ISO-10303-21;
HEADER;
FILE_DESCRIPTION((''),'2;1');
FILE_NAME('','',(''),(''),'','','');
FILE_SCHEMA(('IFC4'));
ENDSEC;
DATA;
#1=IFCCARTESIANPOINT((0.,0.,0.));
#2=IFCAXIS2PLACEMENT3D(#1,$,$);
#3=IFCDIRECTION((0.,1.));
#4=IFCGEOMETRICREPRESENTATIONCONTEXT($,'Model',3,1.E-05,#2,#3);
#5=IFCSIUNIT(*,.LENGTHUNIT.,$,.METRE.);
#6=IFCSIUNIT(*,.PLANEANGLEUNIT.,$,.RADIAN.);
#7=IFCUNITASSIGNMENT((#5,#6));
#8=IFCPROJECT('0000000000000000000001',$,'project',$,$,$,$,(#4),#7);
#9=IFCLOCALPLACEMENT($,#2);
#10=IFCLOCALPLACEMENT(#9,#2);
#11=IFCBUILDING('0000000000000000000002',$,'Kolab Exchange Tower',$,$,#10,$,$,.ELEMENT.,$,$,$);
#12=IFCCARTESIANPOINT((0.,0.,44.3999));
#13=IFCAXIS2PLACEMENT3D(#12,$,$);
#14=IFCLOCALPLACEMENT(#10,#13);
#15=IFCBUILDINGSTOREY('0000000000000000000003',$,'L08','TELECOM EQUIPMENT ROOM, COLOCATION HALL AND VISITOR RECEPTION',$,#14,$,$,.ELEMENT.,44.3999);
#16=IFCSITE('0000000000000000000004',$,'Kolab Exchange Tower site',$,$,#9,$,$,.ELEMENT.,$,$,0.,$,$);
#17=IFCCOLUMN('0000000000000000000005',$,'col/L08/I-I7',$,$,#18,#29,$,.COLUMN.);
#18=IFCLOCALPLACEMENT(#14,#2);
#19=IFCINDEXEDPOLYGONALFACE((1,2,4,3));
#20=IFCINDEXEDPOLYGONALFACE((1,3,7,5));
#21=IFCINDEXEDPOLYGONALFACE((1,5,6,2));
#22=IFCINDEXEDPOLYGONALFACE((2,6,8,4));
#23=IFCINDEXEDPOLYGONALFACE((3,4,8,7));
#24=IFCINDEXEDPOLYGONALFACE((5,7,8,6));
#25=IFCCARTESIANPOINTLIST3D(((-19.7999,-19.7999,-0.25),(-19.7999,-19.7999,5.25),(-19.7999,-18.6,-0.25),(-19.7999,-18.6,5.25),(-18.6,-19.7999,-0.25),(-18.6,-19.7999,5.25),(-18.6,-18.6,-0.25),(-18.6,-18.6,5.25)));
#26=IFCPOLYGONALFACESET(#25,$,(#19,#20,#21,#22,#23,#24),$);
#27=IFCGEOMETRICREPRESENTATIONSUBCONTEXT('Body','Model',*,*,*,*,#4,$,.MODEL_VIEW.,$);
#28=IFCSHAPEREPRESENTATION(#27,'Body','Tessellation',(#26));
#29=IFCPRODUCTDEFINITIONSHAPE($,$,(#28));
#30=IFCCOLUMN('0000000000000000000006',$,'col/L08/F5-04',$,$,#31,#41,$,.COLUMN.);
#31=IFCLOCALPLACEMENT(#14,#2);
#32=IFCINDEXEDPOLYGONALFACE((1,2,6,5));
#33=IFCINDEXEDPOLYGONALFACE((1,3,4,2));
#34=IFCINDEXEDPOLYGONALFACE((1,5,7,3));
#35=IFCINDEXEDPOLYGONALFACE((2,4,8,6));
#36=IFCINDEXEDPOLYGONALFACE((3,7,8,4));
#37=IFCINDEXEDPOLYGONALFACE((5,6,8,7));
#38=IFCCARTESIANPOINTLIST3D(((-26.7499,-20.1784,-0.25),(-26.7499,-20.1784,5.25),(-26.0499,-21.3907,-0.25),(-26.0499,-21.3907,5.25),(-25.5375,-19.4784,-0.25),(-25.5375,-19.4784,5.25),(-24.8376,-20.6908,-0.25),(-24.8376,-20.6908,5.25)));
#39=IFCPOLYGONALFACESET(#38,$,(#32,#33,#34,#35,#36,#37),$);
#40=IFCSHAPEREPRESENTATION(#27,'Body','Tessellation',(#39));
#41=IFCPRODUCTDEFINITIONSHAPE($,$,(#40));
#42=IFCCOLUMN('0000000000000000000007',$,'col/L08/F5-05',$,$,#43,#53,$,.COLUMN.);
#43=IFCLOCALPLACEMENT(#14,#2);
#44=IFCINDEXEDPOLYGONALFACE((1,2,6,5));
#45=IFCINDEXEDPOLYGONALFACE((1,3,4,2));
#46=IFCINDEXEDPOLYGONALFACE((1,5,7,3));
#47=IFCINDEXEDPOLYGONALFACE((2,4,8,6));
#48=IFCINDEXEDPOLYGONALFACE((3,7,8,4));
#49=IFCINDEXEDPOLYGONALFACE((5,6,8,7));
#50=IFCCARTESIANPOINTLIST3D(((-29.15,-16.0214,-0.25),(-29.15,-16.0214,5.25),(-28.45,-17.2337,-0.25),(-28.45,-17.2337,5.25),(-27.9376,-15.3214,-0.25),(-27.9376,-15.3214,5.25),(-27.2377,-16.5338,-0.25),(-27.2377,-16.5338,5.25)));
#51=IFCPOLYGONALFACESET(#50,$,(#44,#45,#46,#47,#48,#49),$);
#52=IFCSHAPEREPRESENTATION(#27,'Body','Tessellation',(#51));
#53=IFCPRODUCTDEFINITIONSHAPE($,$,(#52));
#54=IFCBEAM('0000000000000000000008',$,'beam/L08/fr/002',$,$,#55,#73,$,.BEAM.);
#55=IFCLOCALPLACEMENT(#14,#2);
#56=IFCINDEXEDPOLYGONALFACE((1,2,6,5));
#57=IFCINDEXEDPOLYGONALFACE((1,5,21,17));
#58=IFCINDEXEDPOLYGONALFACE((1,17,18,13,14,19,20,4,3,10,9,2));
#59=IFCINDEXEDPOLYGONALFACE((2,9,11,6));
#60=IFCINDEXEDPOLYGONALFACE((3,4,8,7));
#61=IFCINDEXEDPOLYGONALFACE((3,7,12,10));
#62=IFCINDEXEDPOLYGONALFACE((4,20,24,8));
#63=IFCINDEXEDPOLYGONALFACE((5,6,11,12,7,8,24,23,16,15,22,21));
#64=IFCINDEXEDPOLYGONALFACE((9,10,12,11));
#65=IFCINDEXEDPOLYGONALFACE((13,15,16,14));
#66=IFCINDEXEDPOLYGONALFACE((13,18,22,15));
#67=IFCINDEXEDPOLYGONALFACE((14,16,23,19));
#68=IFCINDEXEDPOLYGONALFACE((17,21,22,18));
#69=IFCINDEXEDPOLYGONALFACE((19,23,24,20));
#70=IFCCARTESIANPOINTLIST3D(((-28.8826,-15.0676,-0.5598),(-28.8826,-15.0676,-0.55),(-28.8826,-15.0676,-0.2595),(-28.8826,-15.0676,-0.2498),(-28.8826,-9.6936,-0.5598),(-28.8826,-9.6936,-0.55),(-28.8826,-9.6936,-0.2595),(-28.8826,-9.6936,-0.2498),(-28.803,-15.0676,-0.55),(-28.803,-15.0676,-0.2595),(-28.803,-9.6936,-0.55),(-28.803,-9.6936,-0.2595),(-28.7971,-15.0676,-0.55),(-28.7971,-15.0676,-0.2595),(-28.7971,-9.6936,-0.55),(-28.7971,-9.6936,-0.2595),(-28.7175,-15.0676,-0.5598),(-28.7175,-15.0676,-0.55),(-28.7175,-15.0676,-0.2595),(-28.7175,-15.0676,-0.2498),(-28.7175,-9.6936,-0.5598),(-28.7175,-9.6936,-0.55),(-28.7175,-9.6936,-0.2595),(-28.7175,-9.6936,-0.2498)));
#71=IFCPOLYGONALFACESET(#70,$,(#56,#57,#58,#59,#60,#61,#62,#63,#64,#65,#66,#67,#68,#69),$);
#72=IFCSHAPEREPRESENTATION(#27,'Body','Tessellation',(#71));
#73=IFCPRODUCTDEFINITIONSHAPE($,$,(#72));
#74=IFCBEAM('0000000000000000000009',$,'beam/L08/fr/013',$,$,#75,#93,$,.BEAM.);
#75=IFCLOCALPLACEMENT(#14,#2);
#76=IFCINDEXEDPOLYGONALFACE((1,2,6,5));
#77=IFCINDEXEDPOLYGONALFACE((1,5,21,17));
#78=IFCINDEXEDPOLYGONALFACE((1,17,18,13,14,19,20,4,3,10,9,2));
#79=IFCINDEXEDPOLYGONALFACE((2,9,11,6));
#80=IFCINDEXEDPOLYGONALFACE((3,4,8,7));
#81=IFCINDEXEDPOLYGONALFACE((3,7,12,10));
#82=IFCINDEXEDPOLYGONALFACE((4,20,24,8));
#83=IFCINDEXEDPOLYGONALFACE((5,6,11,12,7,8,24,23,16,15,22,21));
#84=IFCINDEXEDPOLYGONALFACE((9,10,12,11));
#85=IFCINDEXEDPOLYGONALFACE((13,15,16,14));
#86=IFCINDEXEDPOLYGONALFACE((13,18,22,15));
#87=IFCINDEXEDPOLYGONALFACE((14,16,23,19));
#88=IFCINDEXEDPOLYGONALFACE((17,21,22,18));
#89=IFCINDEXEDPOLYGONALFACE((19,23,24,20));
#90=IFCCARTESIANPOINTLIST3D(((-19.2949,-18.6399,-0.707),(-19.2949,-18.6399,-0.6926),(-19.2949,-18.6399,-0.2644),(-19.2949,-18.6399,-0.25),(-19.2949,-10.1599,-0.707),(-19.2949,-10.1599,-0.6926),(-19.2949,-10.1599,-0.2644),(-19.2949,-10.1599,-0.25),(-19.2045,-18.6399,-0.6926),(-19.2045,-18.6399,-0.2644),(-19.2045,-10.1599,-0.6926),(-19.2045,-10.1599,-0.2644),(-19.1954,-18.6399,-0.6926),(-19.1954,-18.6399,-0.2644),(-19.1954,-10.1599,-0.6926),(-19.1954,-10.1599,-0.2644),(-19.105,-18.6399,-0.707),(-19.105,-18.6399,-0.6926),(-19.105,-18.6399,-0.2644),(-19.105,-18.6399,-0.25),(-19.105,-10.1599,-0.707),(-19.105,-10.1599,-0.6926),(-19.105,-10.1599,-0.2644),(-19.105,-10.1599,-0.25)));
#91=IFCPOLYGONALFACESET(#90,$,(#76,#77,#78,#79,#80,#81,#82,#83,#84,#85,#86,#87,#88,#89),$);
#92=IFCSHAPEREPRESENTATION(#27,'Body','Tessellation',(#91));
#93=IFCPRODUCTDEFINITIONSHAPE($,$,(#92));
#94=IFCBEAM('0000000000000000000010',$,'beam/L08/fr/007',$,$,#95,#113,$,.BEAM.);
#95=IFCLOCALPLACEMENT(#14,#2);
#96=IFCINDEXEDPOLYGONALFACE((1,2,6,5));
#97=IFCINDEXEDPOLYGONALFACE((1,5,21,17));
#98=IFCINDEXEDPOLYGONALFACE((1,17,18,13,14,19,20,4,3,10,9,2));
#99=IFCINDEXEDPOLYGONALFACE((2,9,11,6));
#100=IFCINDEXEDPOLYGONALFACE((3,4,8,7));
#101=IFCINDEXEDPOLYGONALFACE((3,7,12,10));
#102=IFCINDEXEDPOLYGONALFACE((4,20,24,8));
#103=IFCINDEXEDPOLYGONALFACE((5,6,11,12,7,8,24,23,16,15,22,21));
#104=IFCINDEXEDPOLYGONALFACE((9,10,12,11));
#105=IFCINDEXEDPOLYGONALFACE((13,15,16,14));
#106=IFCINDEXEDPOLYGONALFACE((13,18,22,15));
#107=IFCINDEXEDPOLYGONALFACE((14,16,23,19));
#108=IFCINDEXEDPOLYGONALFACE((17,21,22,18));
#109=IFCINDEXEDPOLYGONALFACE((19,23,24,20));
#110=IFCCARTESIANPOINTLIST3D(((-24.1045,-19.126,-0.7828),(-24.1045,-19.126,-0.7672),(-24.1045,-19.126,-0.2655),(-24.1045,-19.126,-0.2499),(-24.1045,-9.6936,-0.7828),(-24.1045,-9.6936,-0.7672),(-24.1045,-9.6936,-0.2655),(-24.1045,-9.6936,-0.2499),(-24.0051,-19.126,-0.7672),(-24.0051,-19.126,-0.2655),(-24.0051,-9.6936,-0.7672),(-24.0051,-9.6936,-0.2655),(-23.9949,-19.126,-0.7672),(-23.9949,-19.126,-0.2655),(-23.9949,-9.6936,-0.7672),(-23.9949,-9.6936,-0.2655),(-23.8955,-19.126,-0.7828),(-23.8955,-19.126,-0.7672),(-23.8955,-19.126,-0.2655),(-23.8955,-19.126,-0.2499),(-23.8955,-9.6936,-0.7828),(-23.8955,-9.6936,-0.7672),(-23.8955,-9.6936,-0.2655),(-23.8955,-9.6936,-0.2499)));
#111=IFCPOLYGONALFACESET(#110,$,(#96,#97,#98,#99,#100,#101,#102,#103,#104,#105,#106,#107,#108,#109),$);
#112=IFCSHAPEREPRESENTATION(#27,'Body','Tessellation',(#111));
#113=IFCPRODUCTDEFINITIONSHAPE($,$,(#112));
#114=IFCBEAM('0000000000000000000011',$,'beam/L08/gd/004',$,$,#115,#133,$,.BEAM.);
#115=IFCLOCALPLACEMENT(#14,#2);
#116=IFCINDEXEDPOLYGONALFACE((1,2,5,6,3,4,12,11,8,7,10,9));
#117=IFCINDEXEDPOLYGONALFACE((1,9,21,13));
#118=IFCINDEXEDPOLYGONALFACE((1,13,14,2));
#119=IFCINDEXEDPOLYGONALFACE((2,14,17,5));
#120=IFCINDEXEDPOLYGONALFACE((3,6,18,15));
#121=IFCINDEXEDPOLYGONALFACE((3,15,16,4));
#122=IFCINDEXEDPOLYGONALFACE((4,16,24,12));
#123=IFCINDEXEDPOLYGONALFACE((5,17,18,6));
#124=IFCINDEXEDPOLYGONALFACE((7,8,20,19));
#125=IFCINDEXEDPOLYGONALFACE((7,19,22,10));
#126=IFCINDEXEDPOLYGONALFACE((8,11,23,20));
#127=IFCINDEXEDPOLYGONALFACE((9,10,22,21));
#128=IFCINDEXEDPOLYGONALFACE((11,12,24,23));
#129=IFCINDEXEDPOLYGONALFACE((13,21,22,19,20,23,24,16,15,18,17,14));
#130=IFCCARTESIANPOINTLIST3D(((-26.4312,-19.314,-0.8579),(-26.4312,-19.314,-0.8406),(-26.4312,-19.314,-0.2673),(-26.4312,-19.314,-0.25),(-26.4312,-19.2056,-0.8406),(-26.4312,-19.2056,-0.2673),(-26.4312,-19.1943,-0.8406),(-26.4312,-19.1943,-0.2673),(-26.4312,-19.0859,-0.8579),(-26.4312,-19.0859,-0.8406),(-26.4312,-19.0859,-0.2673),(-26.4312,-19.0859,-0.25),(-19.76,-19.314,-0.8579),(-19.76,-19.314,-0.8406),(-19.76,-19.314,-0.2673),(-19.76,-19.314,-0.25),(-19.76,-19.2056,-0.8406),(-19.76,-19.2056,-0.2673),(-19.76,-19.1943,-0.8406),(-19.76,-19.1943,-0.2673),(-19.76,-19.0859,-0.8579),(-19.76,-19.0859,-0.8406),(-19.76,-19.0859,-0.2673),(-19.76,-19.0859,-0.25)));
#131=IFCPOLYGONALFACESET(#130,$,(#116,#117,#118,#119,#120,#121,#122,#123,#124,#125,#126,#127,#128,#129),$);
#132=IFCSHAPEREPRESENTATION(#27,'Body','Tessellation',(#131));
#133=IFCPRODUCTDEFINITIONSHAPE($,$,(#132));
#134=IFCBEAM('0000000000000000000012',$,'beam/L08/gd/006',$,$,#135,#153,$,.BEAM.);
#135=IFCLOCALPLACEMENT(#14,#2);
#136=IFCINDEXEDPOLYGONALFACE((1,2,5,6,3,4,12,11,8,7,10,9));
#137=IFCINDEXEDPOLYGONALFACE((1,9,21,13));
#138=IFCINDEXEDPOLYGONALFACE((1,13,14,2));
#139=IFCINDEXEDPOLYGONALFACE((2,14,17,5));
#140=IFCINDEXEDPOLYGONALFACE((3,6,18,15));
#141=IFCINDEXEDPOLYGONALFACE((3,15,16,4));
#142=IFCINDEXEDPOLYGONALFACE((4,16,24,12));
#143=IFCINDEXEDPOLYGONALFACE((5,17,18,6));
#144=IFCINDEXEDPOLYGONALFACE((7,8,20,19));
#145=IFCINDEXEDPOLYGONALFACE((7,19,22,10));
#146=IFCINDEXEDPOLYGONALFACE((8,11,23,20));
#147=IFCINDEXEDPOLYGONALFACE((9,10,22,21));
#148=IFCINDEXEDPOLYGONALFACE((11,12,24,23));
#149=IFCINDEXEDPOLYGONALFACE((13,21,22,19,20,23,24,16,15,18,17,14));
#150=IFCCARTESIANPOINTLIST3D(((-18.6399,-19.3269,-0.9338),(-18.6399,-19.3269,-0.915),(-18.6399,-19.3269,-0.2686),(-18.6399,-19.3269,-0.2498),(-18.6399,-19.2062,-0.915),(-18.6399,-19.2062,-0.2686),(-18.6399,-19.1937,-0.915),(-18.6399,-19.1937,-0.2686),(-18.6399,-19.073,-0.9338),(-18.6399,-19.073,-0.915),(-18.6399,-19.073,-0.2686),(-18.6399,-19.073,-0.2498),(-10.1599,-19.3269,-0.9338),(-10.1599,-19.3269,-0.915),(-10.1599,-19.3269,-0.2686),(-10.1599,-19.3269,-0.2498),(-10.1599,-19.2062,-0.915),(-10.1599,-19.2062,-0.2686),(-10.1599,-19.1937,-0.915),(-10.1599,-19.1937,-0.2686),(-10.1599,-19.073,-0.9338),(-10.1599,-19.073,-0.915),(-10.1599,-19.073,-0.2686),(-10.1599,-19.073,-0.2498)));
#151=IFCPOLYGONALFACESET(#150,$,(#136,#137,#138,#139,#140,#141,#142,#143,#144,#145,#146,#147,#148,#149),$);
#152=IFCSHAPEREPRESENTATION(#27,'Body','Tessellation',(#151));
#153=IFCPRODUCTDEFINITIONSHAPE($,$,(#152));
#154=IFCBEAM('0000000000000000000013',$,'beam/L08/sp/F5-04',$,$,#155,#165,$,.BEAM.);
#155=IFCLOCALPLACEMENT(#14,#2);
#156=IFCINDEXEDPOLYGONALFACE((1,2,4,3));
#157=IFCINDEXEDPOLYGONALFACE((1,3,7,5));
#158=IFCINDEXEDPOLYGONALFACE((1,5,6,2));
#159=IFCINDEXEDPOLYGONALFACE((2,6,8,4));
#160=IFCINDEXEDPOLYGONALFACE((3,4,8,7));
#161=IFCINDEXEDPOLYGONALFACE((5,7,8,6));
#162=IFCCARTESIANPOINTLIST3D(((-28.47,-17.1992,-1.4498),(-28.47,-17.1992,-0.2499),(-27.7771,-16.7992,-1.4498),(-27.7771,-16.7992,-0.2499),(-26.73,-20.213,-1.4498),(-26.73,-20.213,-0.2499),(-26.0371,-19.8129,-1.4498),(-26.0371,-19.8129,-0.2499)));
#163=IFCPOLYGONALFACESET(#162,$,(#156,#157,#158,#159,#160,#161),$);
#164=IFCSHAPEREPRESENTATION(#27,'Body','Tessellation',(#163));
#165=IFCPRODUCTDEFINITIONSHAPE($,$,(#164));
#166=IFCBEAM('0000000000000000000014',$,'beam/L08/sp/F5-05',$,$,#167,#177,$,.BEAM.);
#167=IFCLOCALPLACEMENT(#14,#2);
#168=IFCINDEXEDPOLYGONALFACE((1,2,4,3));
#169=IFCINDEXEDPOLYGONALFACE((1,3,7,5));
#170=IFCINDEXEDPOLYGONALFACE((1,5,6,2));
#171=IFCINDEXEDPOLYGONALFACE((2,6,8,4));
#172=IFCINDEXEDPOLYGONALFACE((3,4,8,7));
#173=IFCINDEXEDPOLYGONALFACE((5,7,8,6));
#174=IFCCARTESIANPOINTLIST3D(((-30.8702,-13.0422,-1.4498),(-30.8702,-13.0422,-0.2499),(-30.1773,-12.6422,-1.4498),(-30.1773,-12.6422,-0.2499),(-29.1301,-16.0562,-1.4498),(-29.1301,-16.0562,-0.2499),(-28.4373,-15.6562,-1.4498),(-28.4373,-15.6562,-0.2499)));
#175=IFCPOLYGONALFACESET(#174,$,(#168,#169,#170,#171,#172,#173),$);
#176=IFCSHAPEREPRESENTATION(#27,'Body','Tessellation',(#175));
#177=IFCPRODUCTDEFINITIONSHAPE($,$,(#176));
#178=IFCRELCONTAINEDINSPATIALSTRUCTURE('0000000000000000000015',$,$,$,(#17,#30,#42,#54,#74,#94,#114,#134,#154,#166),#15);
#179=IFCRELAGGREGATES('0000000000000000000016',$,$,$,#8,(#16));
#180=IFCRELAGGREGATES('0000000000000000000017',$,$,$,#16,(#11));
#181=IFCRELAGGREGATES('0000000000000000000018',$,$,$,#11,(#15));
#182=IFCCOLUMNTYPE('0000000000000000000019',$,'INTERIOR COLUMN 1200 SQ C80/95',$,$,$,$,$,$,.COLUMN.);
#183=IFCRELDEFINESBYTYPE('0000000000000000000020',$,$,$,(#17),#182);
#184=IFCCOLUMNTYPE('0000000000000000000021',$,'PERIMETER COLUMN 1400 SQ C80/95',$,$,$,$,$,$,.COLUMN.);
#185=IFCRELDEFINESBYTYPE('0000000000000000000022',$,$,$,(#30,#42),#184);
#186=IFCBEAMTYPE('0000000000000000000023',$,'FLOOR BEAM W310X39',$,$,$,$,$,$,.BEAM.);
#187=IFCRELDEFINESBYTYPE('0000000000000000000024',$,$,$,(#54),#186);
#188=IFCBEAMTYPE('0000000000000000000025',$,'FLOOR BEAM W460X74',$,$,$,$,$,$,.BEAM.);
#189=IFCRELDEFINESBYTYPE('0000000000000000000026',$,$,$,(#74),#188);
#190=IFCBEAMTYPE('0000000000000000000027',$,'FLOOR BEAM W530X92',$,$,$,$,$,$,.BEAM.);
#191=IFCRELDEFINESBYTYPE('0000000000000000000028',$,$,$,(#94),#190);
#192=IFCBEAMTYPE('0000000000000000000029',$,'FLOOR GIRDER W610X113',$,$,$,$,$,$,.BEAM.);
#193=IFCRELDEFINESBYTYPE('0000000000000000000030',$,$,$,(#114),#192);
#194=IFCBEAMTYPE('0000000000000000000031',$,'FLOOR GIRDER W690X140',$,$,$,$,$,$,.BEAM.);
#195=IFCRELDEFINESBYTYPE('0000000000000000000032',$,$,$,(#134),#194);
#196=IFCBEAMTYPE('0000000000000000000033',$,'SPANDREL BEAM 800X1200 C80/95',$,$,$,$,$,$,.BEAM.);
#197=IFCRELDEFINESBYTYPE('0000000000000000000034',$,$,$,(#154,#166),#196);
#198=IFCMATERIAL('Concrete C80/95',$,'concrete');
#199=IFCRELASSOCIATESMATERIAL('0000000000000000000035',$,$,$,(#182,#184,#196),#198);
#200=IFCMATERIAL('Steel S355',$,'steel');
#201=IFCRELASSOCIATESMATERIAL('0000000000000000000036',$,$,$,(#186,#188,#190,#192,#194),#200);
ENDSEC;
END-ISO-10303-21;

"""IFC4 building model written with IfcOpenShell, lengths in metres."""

from ifc_helpers import new_model, si_unit, direction, frame, origin, origin_2d, place, context, subcontext, project, spatial, rectangle, i_section, extrude, material, material_profile, profile_set, type_object, element, save


model = new_model("IFC4")

# Units and contexts
model_context = context("Model", 3, precision=1e-05, world=origin(), true_north=direction((0.0, 1.0)))
body_context = subcontext(model_context, "Body", "Model", "MODEL_VIEW")
ifc_project = project(units=[si_unit("LENGTHUNIT", "METRE"), si_unit("PLANEANGLEUNIT", "RADIAN")], contexts=[model_context])

# Site, building, storey
site_placement = place(None, origin())
site = spatial("IfcSite", under=ifc_project, at=site_placement, Name="Kolab Exchange Tower site", CompositionType="ELEMENT", RefElevation=0.0)
building_placement = place(site_placement, origin())
building = spatial("IfcBuilding", under=site, at=building_placement, Name="Kolab Exchange Tower", CompositionType="ELEMENT")
storey_placement = place(building_placement, frame((0.0, 0.0, 44.3999)))
storey = spatial("IfcBuildingStorey", under=building, at=storey_placement, Name="L08", Description="TELECOM EQUIPMENT ROOM, COLOCATION HALL AND VISITOR RECEPTION", CompositionType="ELEMENT", Elevation=44.3999)

# Columns
ifc_material_1 = material(Name="Concrete C80/95", Category="concrete")
ifc_material_profile_1 = material_profile(ifc_material_1, rectangle(XDim=1.2, YDim=1.2, at=origin_2d()), Name="RC1200")
ifc_profile_set_1 = profile_set([ifc_material_profile_1], Name="Concrete C80/95")
column_type_1 = type_object("IfcColumnType", Name="INTERIOR COLUMN 1200 SQ C80/95", PredefinedType="COLUMN", material=ifc_profile_set_1)
column_placement = place(storey_placement, frame((-19.2, -19.2, -0.25), z_axis=(0.0, 0.0, 1.0), x_axis=(1.0, 0.0, 0.0)))
element("IfcColumn", 1, at=column_placement, inside=storey, type_object=column_type_1, Name="col/L08/I-I7", PredefinedType="COLUMN", context=body_context, shape_type="SweptSolid", body=[
    extrude(rectangle(XDim=1.2, YDim=1.2, at=origin_2d()), origin(), (0.0, 0.0, 1.0), 5.5),
])
ifc_material_profile_2 = material_profile(ifc_material_1, rectangle(XDim=1.3999, YDim=1.3999, at=origin_2d()), Name="RC1400")
ifc_profile_set_2 = profile_set([ifc_material_profile_2], Name="Concrete C80/95")
column_type_2 = type_object("IfcColumnType", Name="PERIMETER COLUMN 1400 SQ C80/95", PredefinedType="COLUMN", material=ifc_profile_set_2)
for number, where, z_axis, x_axis, name in (
    (2, (-25.7937, -20.4346, -0.25), (0.0, 0.0, 1.0), (0.866025, 0.5, 0.0), "col/L08/F5-04"),
    (3, (-28.1938, -16.2776, -0.25), (0.0, 0.0, 1.0), (0.866025, 0.5, 0.0), "col/L08/F5-05"),
):
    element("IfcColumn", number, at=place(storey_placement, frame(where, z_axis=z_axis, x_axis=x_axis)), inside=storey, type_object=column_type_2, Name=name, PredefinedType="COLUMN", context=body_context, shape_type="SweptSolid", body=[
        extrude(rectangle(XDim=1.3999, YDim=1.3999, at=origin_2d()), origin(), (0.0, 0.0, 1.0), 5.5),
    ])

# Beams
ifc_material_2 = material(Name="Steel S355", Category="steel")
ifc_material_profile_3 = material_profile(ifc_material_2, i_section(OverallWidth=0.165, OverallDepth=0.3101, WebThickness=0.0059, FlangeThickness=0.0098, at=origin_2d()), Name="W310X39")
ifc_profile_set_3 = profile_set([ifc_material_profile_3], Name="Steel S355")
beam_type_1 = type_object("IfcBeamType", Name="FLOOR BEAM W310X39", PredefinedType="BEAM", material=ifc_profile_set_3)
beam_1_placement = place(storey_placement, frame((-28.8, -15.0676, -0.4048), z_axis=(0.0, 1.0, 0.0), x_axis=(-1.0, 0.0, 0.0)))
element("IfcBeam", 4, at=beam_1_placement, inside=storey, type_object=beam_type_1, Name="beam/L08/fr/002", PredefinedType="BEAM", context=body_context, shape_type="SweptSolid", body=[
    extrude(i_section(OverallWidth=0.165, OverallDepth=0.3101, WebThickness=0.0059, FlangeThickness=0.0098, at=origin_2d()), origin(), (0.0, 0.0, 1.0), 5.374),
])
ifc_material_profile_4 = material_profile(ifc_material_2, i_section(OverallWidth=0.1899, OverallDepth=0.457, WebThickness=0.009, FlangeThickness=0.0144, at=origin_2d()), Name="W460X74")
ifc_profile_set_4 = profile_set([ifc_material_profile_4], Name="Steel S355")
beam_type_2 = type_object("IfcBeamType", Name="FLOOR BEAM W460X74", PredefinedType="BEAM", material=ifc_profile_set_4)
beam_2_placement = place(storey_placement, frame((-19.2, -18.6399, -0.4785), z_axis=(0.0, 1.0, 0.0), x_axis=(-1.0, 0.0, 0.0)))
element("IfcBeam", 5, at=beam_2_placement, inside=storey, type_object=beam_type_2, Name="beam/L08/fr/013", PredefinedType="BEAM", context=body_context, shape_type="SweptSolid", body=[
    extrude(i_section(OverallWidth=0.1899, OverallDepth=0.457, WebThickness=0.009, FlangeThickness=0.0144, at=origin_2d()), origin(), (0.0, 0.0, 1.0), 8.48),
])
ifc_material_profile_5 = material_profile(ifc_material_2, i_section(OverallWidth=0.209, OverallDepth=0.533, WebThickness=0.0103, FlangeThickness=0.0156, at=origin_2d()), Name="W530X92")
ifc_profile_set_5 = profile_set([ifc_material_profile_5], Name="Steel S355")
beam_type_3 = type_object("IfcBeamType", Name="FLOOR BEAM W530X92", PredefinedType="BEAM", material=ifc_profile_set_5)
beam_3_placement = place(storey_placement, frame((-24.0, -19.126, -0.5164), z_axis=(0.0, 1.0, 0.0), x_axis=(-1.0, 0.0, 0.0)))
element("IfcBeam", 6, at=beam_3_placement, inside=storey, type_object=beam_type_3, Name="beam/L08/fr/007", PredefinedType="BEAM", context=body_context, shape_type="SweptSolid", body=[
    extrude(i_section(OverallWidth=0.209, OverallDepth=0.533, WebThickness=0.0103, FlangeThickness=0.0156, at=origin_2d()), origin(), (0.0, 0.0, 1.0), 9.4324),
])
ifc_material_profile_6 = material_profile(ifc_material_2, i_section(OverallWidth=0.228, OverallDepth=0.6079, WebThickness=0.0112, FlangeThickness=0.0173, at=origin_2d()), Name="W610X113")
ifc_profile_set_6 = profile_set([ifc_material_profile_6], Name="Steel S355")
beam_type_4 = type_object("IfcBeamType", Name="FLOOR GIRDER W610X113", PredefinedType="BEAM", material=ifc_profile_set_6)
beam_4_placement = place(storey_placement, frame((-26.4312, -19.2, -0.554), z_axis=(1.0, 0.0, 0.0), x_axis=(0.0, 1.0, 0.0)))
element("IfcBeam", 7, at=beam_4_placement, inside=storey, type_object=beam_type_4, Name="beam/L08/gd/004", PredefinedType="BEAM", context=body_context, shape_type="SweptSolid", body=[
    extrude(i_section(OverallWidth=0.228, OverallDepth=0.6079, WebThickness=0.0112, FlangeThickness=0.0173, at=origin_2d()), origin(), (0.0, 0.0, 1.0), 6.6711),
])
ifc_material_profile_7 = material_profile(ifc_material_2, i_section(OverallWidth=0.2539, OverallDepth=0.6841, WebThickness=0.0125, FlangeThickness=0.0188, at=origin_2d()), Name="W690X140")
ifc_profile_set_7 = profile_set([ifc_material_profile_7], Name="Steel S355")
beam_type_5 = type_object("IfcBeamType", Name="FLOOR GIRDER W690X140", PredefinedType="BEAM", material=ifc_profile_set_7)
beam_5_placement = place(storey_placement, frame((-18.6399, -19.2, -0.5918), z_axis=(1.0, 0.0, 0.0), x_axis=(0.0, 1.0, 0.0)))
element("IfcBeam", 8, at=beam_5_placement, inside=storey, type_object=beam_type_5, Name="beam/L08/gd/006", PredefinedType="BEAM", context=body_context, shape_type="SweptSolid", body=[
    extrude(i_section(OverallWidth=0.2539, OverallDepth=0.6841, WebThickness=0.0125, FlangeThickness=0.0188, at=origin_2d()), origin(), (0.0, 0.0, 1.0), 8.48),
])
ifc_material_profile_8 = material_profile(ifc_material_1, rectangle(XDim=0.8, YDim=1.2, at=origin_2d()), Name="RC800X1200")
ifc_profile_set_8 = profile_set([ifc_material_profile_8], Name="Concrete C80/95")
beam_type_6 = type_object("IfcBeamType", Name="SPANDREL BEAM 800X1200 C80/95", PredefinedType="BEAM", material=ifc_profile_set_8)
beam_6_placement = place(storey_placement, frame((-26.3835, -20.0129, -0.8499), z_axis=(-0.50001, 0.86602, 0.0), x_axis=(-0.86602, -0.50001, 0.0)))
element("IfcBeam", 9, at=beam_6_placement, inside=storey, type_object=beam_type_6, Name="beam/L08/sp/F5-04", PredefinedType="BEAM", context=body_context, shape_type="SweptSolid", body=[
    extrude(rectangle(XDim=0.8, YDim=1.2, at=origin_2d()), origin(), (0.0, 0.0, 1.0), 3.48),
])
beam_7_placement = place(storey_placement, frame((-28.7837, -15.8562, -0.8499), z_axis=(-0.49998, 0.866037, 0.0), x_axis=(-0.866037, -0.49998, 0.0)))
element("IfcBeam", 10, at=beam_7_placement, inside=storey, type_object=beam_type_6, Name="beam/L08/sp/F5-05", PredefinedType="BEAM", context=body_context, shape_type="SweptSolid", body=[
    extrude(rectangle(XDim=0.8, YDim=1.2, at=origin_2d()), origin(), (0.0, 0.0, 1.0), 3.4802),
])

save(model, "model.ifc")
